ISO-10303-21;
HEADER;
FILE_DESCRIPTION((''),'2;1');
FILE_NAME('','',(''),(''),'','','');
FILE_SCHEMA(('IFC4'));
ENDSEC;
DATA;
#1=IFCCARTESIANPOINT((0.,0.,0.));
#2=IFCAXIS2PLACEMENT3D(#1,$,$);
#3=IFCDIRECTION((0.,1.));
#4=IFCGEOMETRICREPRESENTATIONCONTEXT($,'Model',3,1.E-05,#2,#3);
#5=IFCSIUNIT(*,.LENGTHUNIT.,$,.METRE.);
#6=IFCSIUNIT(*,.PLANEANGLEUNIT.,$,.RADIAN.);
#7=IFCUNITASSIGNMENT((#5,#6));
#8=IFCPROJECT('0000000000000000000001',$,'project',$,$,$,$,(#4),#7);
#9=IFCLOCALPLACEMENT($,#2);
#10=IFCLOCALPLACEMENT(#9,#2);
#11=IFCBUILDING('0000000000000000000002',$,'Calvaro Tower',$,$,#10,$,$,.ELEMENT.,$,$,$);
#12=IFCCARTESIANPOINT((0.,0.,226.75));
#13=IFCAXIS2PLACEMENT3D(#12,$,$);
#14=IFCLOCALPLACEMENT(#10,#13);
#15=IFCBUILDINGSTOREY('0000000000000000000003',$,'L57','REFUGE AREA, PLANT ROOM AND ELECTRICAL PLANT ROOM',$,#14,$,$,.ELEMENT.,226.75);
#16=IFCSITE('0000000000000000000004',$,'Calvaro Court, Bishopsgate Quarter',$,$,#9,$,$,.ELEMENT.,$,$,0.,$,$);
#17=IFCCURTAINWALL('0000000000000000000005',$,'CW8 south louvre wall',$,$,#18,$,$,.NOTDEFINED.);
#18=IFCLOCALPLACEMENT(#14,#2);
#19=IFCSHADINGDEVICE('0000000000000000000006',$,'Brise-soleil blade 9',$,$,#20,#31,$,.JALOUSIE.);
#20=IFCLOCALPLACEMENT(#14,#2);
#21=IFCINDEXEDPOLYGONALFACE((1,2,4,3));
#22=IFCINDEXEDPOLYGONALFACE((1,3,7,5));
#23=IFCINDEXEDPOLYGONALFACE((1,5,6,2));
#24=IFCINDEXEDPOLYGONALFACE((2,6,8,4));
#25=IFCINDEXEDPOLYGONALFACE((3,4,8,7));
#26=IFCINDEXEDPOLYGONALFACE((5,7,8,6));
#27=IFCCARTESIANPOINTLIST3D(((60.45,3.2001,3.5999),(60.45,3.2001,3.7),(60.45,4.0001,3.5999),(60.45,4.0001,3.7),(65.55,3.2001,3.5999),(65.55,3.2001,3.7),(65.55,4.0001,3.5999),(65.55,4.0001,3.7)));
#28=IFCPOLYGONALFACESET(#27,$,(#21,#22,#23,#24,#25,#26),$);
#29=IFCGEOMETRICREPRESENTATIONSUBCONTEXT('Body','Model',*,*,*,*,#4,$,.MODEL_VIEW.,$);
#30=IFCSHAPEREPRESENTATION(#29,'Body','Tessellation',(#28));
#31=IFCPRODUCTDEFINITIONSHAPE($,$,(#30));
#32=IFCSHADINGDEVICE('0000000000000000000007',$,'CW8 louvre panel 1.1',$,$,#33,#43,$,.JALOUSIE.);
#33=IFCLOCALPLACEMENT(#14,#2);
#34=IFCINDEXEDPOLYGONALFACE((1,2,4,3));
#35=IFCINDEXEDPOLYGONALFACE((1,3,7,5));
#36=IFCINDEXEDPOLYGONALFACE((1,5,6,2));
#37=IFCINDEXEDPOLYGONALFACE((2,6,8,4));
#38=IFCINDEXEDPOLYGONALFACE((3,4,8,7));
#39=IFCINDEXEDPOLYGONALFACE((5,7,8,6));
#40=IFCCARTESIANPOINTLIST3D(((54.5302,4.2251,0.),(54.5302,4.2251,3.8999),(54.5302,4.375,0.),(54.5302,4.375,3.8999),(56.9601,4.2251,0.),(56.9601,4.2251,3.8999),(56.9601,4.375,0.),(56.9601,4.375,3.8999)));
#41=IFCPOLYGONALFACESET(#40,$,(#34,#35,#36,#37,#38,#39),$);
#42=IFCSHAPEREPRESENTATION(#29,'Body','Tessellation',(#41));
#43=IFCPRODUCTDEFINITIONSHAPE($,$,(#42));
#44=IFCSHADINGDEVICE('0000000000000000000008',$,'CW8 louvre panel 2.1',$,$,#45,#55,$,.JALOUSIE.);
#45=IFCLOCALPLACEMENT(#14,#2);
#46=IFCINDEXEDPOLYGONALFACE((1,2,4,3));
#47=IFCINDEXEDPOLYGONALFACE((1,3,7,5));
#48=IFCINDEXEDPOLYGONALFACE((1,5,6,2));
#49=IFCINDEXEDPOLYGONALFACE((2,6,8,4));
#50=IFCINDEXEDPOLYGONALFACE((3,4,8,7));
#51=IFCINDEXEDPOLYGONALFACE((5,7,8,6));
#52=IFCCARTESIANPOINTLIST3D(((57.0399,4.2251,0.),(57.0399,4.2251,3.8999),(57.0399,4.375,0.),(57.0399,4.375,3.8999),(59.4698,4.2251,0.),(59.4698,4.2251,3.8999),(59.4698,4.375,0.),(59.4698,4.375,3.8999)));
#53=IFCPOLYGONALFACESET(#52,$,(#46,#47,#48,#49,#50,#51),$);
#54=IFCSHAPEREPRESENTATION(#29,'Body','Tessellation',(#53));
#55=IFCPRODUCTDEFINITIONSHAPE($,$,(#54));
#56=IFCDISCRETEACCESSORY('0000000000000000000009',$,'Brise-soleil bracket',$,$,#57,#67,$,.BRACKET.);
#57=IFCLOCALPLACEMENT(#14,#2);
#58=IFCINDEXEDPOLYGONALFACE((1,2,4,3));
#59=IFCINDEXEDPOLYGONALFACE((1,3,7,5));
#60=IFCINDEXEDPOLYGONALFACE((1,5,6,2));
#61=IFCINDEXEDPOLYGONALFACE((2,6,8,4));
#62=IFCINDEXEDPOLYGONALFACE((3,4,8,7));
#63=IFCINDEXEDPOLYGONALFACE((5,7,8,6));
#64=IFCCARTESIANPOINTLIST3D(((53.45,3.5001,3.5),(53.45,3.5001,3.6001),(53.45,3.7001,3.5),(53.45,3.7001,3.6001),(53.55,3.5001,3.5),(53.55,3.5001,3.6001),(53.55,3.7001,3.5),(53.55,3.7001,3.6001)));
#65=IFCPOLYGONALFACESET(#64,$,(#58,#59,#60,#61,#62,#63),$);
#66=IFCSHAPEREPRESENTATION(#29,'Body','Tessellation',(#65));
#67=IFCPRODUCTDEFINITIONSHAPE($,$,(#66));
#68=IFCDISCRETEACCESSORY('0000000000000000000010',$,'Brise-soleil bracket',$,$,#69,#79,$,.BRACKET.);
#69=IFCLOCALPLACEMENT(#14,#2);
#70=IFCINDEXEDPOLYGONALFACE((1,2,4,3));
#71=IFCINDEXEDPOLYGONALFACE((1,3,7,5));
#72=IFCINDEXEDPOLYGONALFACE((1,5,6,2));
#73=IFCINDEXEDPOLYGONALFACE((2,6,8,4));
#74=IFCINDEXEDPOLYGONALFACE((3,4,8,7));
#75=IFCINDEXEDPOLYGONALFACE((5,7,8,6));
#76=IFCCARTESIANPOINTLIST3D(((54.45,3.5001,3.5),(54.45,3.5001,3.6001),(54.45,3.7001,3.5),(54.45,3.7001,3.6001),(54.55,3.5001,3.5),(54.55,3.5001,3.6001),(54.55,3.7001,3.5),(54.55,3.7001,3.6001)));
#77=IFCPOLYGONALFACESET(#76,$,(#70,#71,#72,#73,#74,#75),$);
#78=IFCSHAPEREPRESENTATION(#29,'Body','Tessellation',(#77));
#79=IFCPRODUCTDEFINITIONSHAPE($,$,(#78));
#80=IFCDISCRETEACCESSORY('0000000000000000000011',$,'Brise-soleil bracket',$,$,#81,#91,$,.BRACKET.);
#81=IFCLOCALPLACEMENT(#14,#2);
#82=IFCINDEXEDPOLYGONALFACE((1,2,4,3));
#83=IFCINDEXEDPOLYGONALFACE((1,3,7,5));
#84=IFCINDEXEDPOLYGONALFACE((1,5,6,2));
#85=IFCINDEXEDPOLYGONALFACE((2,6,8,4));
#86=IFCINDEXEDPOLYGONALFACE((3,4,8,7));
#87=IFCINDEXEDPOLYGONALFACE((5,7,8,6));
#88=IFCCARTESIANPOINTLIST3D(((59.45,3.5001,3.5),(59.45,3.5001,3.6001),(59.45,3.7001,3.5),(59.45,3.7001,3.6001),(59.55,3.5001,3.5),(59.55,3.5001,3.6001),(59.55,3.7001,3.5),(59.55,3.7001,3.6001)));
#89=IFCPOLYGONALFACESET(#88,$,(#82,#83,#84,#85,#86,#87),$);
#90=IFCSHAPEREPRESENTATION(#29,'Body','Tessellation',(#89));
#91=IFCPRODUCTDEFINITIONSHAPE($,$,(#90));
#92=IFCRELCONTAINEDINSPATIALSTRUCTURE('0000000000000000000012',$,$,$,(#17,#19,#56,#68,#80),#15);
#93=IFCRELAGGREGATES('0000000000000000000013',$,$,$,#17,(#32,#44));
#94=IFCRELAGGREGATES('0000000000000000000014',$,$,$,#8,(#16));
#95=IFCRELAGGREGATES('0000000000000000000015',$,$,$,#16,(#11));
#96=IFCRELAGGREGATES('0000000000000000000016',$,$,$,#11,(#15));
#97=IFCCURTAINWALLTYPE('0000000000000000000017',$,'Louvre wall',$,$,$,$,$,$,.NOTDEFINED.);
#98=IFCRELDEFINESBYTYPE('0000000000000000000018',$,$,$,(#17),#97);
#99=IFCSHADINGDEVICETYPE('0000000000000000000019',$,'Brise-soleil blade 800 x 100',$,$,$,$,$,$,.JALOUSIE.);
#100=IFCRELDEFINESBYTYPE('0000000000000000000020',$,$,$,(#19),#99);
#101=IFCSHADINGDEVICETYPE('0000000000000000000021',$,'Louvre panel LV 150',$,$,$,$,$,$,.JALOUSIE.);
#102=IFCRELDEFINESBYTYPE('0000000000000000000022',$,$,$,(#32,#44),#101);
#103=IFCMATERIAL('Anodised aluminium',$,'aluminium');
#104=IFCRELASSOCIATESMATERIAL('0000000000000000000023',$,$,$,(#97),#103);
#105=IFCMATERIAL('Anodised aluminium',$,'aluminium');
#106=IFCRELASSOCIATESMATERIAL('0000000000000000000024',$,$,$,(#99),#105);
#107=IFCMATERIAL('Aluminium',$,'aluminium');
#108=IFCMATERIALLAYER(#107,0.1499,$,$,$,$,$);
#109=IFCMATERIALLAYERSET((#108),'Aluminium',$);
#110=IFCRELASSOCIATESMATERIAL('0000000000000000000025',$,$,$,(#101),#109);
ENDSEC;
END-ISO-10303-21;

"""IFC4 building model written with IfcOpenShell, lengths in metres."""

from ifc_helpers import new_model, si_unit, direction, frame, origin, origin_2d, place, context, subcontext, project, spatial, rectangle, extrude, material, layer, layer_set, material_profile, profile_set, type_object, element, aggregate, save


model = new_model("IFC4")

# Units and contexts
model_context = context("Model", 3, precision=1e-05, world=origin(), true_north=direction((0.0, 1.0)))
body_context = subcontext(model_context, "Body", "Model", "MODEL_VIEW")
ifc_project = project(units=[si_unit("LENGTHUNIT", "METRE"), si_unit("PLANEANGLEUNIT", "RADIAN")], contexts=[model_context])

# Site, building, storey
site_placement = place(None, origin())
site = spatial("IfcSite", under=ifc_project, at=site_placement, Name="Calvaro Court, Bishopsgate Quarter", CompositionType="ELEMENT", RefElevation=0.0)
building_placement = place(site_placement, origin())
building = spatial("IfcBuilding", under=site, at=building_placement, Name="Calvaro Tower", CompositionType="ELEMENT")
storey_placement = place(building_placement, frame((0.0, 0.0, 226.75)))
storey = spatial("IfcBuildingStorey", under=building, at=storey_placement, Name="L57", Description="REFUGE AREA, PLANT ROOM AND ELECTRICAL PLANT ROOM", CompositionType="ELEMENT", Elevation=226.75)

# Shared definitions
ifc_material_1 = material(Name="Anodised aluminium", Category="aluminium")
curtain_wall_type = type_object("IfcCurtainWallType", Name="Louvre wall", PredefinedType="NOTDEFINED", material=ifc_material_1)

# Curtain wall
curtain_wall_1_placement = place(storey_placement, origin())
curtain_wall_1 = element("IfcCurtainWall", 1, at=curtain_wall_1_placement, inside=storey, type_object=curtain_wall_type, Name="CW8 south louvre wall", PredefinedType="NOTDEFINED")

# Shading device
ifc_material_2 = material(Name="Anodised aluminium", Category="aluminium")
ifc_material_profile_1 = material_profile(ifc_material_2, rectangle(XDim=0.8, YDim=0.1001, at=origin_2d()), Name="Brise-soleil blade 800 x 100")
ifc_profile_set_1 = profile_set([ifc_material_profile_1], Name="Anodised aluminium")
shading_device_type_1 = type_object("IfcShadingDeviceType", Name="Brise-soleil blade 800 x 100", PredefinedType="JALOUSIE", material=ifc_profile_set_1)
for number, where, z_axis, x_axis, name in (
    (2, (60.45, 3.6001, 3.6499), (1.0, 0.0, 0.0), (0.0, 1.0, 0.0), "Brise-soleil blade 9"),
):
    element("IfcShadingDevice", number, at=place(storey_placement, frame(where, z_axis=z_axis, x_axis=x_axis)), inside=storey, type_object=shading_device_type_1, Name=name, PredefinedType="JALOUSIE", context=body_context, shape_type="SweptSolid", body=[
        extrude(rectangle(XDim=0.8, YDim=0.1001, at=origin_2d()), origin(), (0.0, 0.0, 1.0), 5.1001),
    ])

# Shading devices
ifc_material_3 = material(Name="Aluminium", Category="aluminium")
ifc_layer_1 = layer(ifc_material_3, 0.1499)
ifc_layer_set_1 = layer_set([ifc_layer_1], Name="Aluminium")
shading_device_type_2 = type_object("IfcShadingDeviceType", Name="Louvre panel LV 150", PredefinedType="JALOUSIE", material=ifc_layer_set_1)
shading_device_1_placement = place(storey_placement, frame((55.7451, 4.3, 0.0), z_axis=(0.0, 0.0, 1.0), x_axis=(1.0, 0.0, 0.0)))
shading_device_1 = element("IfcShadingDevice", 3, at=shading_device_1_placement, type_object=shading_device_type_2, Name="CW8 louvre panel 1.1", PredefinedType="JALOUSIE", context=body_context, shape_type="SweptSolid", body=[
    extrude(rectangle(XDim=2.4299, YDim=0.1499, at=origin_2d()), origin(), (0.0, 0.0, 1.0), 3.8999),
])
shading_device_2_placement = place(storey_placement, frame((58.2549, 4.3, 0.0), z_axis=(0.0, 0.0, 1.0), x_axis=(1.0, 0.0, 0.0)))
shading_device_2 = element("IfcShadingDevice", 4, at=shading_device_2_placement, type_object=shading_device_type_2, Name="CW8 louvre panel 2.1", PredefinedType="JALOUSIE", context=body_context, shape_type="SweptSolid", body=[
    extrude(rectangle(XDim=2.4299, YDim=0.1499, at=origin_2d()), origin(), (0.0, 0.0, 1.0), 3.8999),
])
aggregate(curtain_wall_1, [shading_device_1, shading_device_2])

# Discrete accessories
for number, where, z_axis, x_axis, name in (
    (5, (53.5, 3.6001, 3.5), (0.0, 0.0, 1.0), (1.0, 0.0, 0.0), "Brise-soleil bracket"),
    (6, (54.5, 3.6001, 3.5), (0.0, 0.0, 1.0), (1.0, 0.0, 0.0), "Brise-soleil bracket"),
    (7, (59.5, 3.6001, 3.5), (0.0, 0.0, 1.0), (1.0, 0.0, 0.0), "Brise-soleil bracket"),
):
    element("IfcDiscreteAccessory", number, at=place(storey_placement, frame(where, z_axis=z_axis, x_axis=x_axis)), inside=storey, Name=name, PredefinedType="BRACKET", context=body_context, shape_type="SweptSolid", body=[
        extrude(rectangle(XDim=0.1001, YDim=0.2, at=origin_2d()), origin(), (0.0, 0.0, 1.0), 0.1001),
    ])

save(model, "model.ifc")
